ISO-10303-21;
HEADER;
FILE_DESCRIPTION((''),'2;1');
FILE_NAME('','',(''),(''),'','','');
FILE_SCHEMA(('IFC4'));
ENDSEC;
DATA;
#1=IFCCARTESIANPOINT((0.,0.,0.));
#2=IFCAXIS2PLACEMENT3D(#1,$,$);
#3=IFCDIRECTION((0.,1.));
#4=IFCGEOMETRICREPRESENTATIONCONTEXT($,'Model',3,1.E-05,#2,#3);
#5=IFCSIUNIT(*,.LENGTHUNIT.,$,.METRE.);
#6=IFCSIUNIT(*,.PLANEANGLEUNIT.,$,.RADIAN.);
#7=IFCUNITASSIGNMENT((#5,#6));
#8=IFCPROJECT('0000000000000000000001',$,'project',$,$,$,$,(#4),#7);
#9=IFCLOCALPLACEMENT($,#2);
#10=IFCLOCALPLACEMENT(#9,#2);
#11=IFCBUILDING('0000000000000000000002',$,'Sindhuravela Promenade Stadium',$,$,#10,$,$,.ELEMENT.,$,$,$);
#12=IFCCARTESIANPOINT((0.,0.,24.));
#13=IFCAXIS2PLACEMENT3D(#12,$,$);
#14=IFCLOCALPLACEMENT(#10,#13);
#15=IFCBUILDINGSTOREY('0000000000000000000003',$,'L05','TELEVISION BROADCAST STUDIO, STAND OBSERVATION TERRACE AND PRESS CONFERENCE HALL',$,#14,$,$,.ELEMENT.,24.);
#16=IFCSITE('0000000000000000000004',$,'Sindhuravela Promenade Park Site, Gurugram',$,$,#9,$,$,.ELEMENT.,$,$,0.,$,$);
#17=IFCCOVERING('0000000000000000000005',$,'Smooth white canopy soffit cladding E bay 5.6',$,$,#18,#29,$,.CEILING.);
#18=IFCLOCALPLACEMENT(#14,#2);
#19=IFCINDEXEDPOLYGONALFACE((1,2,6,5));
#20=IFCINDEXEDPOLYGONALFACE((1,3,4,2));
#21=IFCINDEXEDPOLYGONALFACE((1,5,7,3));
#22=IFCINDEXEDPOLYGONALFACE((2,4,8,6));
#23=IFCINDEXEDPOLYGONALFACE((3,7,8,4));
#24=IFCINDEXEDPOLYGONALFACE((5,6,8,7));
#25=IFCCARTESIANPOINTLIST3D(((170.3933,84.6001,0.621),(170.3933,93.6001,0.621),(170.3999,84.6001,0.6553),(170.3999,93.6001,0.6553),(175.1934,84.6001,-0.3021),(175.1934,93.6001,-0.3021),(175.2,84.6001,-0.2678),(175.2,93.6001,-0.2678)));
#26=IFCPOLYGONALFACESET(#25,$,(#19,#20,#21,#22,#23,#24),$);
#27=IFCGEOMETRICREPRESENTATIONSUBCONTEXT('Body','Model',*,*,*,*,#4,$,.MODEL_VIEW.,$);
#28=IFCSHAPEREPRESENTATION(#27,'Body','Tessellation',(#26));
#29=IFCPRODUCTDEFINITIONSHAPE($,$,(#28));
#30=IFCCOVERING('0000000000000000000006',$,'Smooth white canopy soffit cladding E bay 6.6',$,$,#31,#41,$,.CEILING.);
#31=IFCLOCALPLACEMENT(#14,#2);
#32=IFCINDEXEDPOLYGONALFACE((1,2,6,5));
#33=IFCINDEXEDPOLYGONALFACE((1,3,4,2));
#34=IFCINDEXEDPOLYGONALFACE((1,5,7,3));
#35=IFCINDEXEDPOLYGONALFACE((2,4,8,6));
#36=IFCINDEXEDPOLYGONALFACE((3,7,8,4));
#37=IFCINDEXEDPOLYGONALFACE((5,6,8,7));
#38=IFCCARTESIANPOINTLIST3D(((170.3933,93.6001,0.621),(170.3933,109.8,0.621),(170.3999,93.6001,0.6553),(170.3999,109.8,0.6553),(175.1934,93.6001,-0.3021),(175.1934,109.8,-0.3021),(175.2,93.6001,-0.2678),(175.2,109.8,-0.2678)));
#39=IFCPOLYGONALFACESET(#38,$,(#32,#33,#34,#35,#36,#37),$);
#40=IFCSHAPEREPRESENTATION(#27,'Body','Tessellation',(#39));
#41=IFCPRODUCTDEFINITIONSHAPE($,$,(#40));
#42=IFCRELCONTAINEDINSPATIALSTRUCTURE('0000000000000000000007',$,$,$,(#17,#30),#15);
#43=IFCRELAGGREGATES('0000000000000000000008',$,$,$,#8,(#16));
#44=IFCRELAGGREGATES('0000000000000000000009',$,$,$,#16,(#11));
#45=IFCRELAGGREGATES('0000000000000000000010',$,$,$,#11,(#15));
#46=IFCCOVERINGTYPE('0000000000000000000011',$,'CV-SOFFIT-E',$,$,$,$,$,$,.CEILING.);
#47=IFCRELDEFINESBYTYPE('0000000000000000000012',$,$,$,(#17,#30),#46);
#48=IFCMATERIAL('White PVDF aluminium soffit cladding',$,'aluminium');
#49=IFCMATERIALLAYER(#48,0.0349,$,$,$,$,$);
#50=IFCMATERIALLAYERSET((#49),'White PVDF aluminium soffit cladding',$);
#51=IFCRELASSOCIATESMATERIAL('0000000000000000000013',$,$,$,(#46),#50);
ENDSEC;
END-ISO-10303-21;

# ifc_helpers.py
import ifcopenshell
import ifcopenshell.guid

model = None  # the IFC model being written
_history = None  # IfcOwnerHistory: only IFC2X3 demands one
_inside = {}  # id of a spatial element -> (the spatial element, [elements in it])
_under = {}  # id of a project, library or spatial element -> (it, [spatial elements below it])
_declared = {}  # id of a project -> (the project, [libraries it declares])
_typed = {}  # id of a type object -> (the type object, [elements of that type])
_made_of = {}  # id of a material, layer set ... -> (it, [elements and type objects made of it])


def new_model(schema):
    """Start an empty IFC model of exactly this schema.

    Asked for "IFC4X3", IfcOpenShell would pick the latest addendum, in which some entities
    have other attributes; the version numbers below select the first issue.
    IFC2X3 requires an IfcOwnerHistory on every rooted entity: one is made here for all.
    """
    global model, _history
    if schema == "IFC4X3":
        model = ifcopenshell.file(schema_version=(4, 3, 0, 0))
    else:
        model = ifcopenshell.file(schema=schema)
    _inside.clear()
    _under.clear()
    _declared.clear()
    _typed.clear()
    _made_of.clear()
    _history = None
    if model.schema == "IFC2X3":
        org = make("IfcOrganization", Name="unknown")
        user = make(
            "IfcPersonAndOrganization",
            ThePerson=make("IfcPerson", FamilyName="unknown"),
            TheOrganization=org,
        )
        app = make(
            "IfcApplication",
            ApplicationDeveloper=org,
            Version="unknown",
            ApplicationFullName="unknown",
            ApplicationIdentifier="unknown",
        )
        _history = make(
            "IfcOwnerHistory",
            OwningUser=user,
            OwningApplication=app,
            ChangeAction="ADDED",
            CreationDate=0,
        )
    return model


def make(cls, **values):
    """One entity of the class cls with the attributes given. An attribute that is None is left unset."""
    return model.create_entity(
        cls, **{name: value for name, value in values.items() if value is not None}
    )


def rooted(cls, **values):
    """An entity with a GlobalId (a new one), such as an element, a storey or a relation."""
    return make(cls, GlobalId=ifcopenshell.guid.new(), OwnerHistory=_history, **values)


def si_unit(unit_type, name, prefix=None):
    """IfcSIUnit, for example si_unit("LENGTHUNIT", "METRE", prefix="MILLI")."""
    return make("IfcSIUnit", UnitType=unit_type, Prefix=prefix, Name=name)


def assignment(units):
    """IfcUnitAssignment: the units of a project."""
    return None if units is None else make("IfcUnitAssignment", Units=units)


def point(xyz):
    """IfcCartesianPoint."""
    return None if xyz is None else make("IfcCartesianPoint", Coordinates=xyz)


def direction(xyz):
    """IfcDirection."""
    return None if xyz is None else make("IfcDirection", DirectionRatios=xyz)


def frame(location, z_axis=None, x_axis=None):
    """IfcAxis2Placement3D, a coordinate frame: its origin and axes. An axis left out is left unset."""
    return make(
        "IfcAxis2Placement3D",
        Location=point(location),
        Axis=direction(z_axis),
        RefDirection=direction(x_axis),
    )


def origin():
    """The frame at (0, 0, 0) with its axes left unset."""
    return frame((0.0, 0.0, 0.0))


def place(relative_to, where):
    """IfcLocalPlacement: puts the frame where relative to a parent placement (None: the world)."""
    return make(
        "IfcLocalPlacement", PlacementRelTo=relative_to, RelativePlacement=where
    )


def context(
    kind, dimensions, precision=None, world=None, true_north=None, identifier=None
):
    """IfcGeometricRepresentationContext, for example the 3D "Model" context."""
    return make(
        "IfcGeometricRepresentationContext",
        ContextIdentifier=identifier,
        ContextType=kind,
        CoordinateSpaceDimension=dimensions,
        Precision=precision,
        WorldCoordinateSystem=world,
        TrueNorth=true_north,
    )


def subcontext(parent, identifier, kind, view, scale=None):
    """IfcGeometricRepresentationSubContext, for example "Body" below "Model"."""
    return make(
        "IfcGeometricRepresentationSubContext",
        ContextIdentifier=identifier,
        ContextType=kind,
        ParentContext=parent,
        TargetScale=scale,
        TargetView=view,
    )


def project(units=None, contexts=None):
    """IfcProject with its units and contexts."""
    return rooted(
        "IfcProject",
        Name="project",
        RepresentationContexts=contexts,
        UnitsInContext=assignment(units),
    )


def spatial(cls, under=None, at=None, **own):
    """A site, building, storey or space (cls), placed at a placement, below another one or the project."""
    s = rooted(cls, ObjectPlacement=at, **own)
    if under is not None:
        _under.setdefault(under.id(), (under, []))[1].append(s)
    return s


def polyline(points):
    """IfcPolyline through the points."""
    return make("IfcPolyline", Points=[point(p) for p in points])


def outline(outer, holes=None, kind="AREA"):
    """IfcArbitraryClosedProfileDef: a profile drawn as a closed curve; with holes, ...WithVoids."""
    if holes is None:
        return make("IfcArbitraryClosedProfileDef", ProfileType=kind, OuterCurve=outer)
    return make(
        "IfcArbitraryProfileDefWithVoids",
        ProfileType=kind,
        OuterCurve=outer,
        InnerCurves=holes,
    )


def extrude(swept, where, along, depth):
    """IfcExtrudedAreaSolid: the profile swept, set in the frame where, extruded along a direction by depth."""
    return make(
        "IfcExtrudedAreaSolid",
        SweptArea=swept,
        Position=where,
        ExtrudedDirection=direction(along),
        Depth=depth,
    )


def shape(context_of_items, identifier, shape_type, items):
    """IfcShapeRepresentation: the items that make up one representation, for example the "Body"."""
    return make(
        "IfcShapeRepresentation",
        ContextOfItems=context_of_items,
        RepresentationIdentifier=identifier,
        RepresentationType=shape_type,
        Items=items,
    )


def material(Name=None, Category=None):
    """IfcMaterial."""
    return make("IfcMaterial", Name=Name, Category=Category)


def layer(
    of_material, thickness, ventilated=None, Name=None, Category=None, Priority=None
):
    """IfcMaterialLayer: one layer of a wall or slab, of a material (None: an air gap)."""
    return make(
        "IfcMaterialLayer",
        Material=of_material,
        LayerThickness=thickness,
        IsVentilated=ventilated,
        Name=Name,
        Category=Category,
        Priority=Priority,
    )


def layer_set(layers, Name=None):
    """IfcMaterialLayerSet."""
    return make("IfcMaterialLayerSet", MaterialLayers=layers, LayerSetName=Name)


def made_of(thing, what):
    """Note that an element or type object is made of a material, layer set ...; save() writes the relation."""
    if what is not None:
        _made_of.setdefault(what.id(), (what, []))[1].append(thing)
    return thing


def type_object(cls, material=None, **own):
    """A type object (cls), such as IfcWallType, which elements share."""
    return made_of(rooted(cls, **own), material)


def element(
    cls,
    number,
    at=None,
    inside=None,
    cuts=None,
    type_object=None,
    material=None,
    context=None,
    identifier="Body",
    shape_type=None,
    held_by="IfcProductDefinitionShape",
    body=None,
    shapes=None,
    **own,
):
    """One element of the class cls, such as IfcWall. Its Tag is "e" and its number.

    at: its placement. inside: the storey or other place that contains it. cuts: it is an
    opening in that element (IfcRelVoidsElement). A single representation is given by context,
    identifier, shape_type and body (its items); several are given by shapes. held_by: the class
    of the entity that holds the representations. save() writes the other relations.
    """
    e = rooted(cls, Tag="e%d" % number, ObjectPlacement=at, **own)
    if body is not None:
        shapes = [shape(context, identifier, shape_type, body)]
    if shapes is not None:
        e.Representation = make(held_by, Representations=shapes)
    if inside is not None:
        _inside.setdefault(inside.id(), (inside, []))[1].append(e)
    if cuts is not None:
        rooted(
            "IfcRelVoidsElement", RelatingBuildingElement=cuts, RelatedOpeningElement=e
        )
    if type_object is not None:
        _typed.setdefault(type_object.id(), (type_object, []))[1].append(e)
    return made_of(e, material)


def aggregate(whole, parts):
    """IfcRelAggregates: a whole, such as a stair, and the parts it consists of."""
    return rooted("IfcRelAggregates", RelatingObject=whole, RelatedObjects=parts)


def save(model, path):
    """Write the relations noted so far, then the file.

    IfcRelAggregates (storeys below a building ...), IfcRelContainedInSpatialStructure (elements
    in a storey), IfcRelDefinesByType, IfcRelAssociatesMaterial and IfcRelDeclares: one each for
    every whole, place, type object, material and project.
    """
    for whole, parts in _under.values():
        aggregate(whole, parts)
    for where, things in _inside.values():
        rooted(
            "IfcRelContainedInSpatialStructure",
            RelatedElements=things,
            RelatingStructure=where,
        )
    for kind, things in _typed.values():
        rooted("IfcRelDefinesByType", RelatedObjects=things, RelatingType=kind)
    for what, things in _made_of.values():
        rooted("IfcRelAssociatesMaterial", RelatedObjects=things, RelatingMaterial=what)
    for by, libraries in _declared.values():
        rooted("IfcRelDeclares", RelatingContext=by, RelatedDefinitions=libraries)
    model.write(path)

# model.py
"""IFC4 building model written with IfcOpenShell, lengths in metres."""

from ifc_helpers import new_model, si_unit, direction, frame, origin, place, context, subcontext, project, spatial, polyline, outline, extrude, material, layer, layer_set, type_object, element, save


model = new_model("IFC4")

# Units and contexts
model_context = context("Model", 3, precision=1e-05, world=origin(), true_north=direction((0.0, 1.0)))
body_context = subcontext(model_context, "Body", "Model", "MODEL_VIEW")
ifc_project = project(units=[si_unit("LENGTHUNIT", "METRE"), si_unit("PLANEANGLEUNIT", "RADIAN")], contexts=[model_context])

# Site, building, storey
site_placement = place(None, origin())
site = spatial("IfcSite", under=ifc_project, at=site_placement, Name="Sindhuravela Promenade Park Site, Gurugram", CompositionType="ELEMENT", RefElevation=0.0)
building_placement = place(site_placement, origin())
building = spatial("IfcBuilding", under=site, at=building_placement, Name="Sindhuravela Promenade Stadium", CompositionType="ELEMENT")
storey_placement = place(building_placement, frame((0.0, 0.0, 24.0)))
storey = spatial("IfcBuildingStorey", under=building, at=storey_placement, Name="L05", Description="TELEVISION BROADCAST STUDIO, STAND OBSERVATION TERRACE AND PRESS CONFERENCE HALL", CompositionType="ELEMENT", Elevation=24.0)

# Coverings
ifc_material_1 = material(Name="White PVDF aluminium soffit cladding", Category="aluminium")
ifc_layer_1 = layer(ifc_material_1, 0.0349)
ifc_layer_set_1 = layer_set([ifc_layer_1], Name="White PVDF aluminium soffit cladding")
covering_type_1 = type_object("IfcCoveringType", Name="CV-SOFFIT-E", PredefinedType="CEILING", material=ifc_layer_set_1)
covering_1_placement = place(storey_placement, frame((175.2, 84.6001, -0.2678), z_axis=(0.188849, 0.0, 0.982006), x_axis=(0.0, 1.0, 0.0)))
element("IfcCovering", 1, at=covering_1_placement, inside=storey, type_object=covering_type_1, Name="Smooth white canopy soffit cladding E bay 5.6", PredefinedType="CEILING", context=body_context, shape_type="SweptSolid", body=[
    extrude(outline(polyline([(0.0, 0.0), (9.0, 0.0), (9.0, 4.888), (0.0, 4.888), (0.0, 0.0)])), origin(), (0.0, 0.0, -1.0), 0.0349),
])
covering_2_placement = place(storey_placement, frame((175.2, 93.6001, -0.2678), z_axis=(0.188849, 0.0, 0.982006), x_axis=(0.0, 1.0, 0.0)))
element("IfcCovering", 2, at=covering_2_placement, inside=storey, type_object=covering_type_1, Name="Smooth white canopy soffit cladding E bay 6.6", PredefinedType="CEILING", context=body_context, shape_type="SweptSolid", body=[
    extrude(outline(polyline([(0.0, 0.0), (16.2, 0.0), (16.2, 4.888), (0.0, 4.888), (0.0, 0.0)])), origin(), (0.0, 0.0, -1.0), 0.0349),
])

save(model, "model.ifc")
